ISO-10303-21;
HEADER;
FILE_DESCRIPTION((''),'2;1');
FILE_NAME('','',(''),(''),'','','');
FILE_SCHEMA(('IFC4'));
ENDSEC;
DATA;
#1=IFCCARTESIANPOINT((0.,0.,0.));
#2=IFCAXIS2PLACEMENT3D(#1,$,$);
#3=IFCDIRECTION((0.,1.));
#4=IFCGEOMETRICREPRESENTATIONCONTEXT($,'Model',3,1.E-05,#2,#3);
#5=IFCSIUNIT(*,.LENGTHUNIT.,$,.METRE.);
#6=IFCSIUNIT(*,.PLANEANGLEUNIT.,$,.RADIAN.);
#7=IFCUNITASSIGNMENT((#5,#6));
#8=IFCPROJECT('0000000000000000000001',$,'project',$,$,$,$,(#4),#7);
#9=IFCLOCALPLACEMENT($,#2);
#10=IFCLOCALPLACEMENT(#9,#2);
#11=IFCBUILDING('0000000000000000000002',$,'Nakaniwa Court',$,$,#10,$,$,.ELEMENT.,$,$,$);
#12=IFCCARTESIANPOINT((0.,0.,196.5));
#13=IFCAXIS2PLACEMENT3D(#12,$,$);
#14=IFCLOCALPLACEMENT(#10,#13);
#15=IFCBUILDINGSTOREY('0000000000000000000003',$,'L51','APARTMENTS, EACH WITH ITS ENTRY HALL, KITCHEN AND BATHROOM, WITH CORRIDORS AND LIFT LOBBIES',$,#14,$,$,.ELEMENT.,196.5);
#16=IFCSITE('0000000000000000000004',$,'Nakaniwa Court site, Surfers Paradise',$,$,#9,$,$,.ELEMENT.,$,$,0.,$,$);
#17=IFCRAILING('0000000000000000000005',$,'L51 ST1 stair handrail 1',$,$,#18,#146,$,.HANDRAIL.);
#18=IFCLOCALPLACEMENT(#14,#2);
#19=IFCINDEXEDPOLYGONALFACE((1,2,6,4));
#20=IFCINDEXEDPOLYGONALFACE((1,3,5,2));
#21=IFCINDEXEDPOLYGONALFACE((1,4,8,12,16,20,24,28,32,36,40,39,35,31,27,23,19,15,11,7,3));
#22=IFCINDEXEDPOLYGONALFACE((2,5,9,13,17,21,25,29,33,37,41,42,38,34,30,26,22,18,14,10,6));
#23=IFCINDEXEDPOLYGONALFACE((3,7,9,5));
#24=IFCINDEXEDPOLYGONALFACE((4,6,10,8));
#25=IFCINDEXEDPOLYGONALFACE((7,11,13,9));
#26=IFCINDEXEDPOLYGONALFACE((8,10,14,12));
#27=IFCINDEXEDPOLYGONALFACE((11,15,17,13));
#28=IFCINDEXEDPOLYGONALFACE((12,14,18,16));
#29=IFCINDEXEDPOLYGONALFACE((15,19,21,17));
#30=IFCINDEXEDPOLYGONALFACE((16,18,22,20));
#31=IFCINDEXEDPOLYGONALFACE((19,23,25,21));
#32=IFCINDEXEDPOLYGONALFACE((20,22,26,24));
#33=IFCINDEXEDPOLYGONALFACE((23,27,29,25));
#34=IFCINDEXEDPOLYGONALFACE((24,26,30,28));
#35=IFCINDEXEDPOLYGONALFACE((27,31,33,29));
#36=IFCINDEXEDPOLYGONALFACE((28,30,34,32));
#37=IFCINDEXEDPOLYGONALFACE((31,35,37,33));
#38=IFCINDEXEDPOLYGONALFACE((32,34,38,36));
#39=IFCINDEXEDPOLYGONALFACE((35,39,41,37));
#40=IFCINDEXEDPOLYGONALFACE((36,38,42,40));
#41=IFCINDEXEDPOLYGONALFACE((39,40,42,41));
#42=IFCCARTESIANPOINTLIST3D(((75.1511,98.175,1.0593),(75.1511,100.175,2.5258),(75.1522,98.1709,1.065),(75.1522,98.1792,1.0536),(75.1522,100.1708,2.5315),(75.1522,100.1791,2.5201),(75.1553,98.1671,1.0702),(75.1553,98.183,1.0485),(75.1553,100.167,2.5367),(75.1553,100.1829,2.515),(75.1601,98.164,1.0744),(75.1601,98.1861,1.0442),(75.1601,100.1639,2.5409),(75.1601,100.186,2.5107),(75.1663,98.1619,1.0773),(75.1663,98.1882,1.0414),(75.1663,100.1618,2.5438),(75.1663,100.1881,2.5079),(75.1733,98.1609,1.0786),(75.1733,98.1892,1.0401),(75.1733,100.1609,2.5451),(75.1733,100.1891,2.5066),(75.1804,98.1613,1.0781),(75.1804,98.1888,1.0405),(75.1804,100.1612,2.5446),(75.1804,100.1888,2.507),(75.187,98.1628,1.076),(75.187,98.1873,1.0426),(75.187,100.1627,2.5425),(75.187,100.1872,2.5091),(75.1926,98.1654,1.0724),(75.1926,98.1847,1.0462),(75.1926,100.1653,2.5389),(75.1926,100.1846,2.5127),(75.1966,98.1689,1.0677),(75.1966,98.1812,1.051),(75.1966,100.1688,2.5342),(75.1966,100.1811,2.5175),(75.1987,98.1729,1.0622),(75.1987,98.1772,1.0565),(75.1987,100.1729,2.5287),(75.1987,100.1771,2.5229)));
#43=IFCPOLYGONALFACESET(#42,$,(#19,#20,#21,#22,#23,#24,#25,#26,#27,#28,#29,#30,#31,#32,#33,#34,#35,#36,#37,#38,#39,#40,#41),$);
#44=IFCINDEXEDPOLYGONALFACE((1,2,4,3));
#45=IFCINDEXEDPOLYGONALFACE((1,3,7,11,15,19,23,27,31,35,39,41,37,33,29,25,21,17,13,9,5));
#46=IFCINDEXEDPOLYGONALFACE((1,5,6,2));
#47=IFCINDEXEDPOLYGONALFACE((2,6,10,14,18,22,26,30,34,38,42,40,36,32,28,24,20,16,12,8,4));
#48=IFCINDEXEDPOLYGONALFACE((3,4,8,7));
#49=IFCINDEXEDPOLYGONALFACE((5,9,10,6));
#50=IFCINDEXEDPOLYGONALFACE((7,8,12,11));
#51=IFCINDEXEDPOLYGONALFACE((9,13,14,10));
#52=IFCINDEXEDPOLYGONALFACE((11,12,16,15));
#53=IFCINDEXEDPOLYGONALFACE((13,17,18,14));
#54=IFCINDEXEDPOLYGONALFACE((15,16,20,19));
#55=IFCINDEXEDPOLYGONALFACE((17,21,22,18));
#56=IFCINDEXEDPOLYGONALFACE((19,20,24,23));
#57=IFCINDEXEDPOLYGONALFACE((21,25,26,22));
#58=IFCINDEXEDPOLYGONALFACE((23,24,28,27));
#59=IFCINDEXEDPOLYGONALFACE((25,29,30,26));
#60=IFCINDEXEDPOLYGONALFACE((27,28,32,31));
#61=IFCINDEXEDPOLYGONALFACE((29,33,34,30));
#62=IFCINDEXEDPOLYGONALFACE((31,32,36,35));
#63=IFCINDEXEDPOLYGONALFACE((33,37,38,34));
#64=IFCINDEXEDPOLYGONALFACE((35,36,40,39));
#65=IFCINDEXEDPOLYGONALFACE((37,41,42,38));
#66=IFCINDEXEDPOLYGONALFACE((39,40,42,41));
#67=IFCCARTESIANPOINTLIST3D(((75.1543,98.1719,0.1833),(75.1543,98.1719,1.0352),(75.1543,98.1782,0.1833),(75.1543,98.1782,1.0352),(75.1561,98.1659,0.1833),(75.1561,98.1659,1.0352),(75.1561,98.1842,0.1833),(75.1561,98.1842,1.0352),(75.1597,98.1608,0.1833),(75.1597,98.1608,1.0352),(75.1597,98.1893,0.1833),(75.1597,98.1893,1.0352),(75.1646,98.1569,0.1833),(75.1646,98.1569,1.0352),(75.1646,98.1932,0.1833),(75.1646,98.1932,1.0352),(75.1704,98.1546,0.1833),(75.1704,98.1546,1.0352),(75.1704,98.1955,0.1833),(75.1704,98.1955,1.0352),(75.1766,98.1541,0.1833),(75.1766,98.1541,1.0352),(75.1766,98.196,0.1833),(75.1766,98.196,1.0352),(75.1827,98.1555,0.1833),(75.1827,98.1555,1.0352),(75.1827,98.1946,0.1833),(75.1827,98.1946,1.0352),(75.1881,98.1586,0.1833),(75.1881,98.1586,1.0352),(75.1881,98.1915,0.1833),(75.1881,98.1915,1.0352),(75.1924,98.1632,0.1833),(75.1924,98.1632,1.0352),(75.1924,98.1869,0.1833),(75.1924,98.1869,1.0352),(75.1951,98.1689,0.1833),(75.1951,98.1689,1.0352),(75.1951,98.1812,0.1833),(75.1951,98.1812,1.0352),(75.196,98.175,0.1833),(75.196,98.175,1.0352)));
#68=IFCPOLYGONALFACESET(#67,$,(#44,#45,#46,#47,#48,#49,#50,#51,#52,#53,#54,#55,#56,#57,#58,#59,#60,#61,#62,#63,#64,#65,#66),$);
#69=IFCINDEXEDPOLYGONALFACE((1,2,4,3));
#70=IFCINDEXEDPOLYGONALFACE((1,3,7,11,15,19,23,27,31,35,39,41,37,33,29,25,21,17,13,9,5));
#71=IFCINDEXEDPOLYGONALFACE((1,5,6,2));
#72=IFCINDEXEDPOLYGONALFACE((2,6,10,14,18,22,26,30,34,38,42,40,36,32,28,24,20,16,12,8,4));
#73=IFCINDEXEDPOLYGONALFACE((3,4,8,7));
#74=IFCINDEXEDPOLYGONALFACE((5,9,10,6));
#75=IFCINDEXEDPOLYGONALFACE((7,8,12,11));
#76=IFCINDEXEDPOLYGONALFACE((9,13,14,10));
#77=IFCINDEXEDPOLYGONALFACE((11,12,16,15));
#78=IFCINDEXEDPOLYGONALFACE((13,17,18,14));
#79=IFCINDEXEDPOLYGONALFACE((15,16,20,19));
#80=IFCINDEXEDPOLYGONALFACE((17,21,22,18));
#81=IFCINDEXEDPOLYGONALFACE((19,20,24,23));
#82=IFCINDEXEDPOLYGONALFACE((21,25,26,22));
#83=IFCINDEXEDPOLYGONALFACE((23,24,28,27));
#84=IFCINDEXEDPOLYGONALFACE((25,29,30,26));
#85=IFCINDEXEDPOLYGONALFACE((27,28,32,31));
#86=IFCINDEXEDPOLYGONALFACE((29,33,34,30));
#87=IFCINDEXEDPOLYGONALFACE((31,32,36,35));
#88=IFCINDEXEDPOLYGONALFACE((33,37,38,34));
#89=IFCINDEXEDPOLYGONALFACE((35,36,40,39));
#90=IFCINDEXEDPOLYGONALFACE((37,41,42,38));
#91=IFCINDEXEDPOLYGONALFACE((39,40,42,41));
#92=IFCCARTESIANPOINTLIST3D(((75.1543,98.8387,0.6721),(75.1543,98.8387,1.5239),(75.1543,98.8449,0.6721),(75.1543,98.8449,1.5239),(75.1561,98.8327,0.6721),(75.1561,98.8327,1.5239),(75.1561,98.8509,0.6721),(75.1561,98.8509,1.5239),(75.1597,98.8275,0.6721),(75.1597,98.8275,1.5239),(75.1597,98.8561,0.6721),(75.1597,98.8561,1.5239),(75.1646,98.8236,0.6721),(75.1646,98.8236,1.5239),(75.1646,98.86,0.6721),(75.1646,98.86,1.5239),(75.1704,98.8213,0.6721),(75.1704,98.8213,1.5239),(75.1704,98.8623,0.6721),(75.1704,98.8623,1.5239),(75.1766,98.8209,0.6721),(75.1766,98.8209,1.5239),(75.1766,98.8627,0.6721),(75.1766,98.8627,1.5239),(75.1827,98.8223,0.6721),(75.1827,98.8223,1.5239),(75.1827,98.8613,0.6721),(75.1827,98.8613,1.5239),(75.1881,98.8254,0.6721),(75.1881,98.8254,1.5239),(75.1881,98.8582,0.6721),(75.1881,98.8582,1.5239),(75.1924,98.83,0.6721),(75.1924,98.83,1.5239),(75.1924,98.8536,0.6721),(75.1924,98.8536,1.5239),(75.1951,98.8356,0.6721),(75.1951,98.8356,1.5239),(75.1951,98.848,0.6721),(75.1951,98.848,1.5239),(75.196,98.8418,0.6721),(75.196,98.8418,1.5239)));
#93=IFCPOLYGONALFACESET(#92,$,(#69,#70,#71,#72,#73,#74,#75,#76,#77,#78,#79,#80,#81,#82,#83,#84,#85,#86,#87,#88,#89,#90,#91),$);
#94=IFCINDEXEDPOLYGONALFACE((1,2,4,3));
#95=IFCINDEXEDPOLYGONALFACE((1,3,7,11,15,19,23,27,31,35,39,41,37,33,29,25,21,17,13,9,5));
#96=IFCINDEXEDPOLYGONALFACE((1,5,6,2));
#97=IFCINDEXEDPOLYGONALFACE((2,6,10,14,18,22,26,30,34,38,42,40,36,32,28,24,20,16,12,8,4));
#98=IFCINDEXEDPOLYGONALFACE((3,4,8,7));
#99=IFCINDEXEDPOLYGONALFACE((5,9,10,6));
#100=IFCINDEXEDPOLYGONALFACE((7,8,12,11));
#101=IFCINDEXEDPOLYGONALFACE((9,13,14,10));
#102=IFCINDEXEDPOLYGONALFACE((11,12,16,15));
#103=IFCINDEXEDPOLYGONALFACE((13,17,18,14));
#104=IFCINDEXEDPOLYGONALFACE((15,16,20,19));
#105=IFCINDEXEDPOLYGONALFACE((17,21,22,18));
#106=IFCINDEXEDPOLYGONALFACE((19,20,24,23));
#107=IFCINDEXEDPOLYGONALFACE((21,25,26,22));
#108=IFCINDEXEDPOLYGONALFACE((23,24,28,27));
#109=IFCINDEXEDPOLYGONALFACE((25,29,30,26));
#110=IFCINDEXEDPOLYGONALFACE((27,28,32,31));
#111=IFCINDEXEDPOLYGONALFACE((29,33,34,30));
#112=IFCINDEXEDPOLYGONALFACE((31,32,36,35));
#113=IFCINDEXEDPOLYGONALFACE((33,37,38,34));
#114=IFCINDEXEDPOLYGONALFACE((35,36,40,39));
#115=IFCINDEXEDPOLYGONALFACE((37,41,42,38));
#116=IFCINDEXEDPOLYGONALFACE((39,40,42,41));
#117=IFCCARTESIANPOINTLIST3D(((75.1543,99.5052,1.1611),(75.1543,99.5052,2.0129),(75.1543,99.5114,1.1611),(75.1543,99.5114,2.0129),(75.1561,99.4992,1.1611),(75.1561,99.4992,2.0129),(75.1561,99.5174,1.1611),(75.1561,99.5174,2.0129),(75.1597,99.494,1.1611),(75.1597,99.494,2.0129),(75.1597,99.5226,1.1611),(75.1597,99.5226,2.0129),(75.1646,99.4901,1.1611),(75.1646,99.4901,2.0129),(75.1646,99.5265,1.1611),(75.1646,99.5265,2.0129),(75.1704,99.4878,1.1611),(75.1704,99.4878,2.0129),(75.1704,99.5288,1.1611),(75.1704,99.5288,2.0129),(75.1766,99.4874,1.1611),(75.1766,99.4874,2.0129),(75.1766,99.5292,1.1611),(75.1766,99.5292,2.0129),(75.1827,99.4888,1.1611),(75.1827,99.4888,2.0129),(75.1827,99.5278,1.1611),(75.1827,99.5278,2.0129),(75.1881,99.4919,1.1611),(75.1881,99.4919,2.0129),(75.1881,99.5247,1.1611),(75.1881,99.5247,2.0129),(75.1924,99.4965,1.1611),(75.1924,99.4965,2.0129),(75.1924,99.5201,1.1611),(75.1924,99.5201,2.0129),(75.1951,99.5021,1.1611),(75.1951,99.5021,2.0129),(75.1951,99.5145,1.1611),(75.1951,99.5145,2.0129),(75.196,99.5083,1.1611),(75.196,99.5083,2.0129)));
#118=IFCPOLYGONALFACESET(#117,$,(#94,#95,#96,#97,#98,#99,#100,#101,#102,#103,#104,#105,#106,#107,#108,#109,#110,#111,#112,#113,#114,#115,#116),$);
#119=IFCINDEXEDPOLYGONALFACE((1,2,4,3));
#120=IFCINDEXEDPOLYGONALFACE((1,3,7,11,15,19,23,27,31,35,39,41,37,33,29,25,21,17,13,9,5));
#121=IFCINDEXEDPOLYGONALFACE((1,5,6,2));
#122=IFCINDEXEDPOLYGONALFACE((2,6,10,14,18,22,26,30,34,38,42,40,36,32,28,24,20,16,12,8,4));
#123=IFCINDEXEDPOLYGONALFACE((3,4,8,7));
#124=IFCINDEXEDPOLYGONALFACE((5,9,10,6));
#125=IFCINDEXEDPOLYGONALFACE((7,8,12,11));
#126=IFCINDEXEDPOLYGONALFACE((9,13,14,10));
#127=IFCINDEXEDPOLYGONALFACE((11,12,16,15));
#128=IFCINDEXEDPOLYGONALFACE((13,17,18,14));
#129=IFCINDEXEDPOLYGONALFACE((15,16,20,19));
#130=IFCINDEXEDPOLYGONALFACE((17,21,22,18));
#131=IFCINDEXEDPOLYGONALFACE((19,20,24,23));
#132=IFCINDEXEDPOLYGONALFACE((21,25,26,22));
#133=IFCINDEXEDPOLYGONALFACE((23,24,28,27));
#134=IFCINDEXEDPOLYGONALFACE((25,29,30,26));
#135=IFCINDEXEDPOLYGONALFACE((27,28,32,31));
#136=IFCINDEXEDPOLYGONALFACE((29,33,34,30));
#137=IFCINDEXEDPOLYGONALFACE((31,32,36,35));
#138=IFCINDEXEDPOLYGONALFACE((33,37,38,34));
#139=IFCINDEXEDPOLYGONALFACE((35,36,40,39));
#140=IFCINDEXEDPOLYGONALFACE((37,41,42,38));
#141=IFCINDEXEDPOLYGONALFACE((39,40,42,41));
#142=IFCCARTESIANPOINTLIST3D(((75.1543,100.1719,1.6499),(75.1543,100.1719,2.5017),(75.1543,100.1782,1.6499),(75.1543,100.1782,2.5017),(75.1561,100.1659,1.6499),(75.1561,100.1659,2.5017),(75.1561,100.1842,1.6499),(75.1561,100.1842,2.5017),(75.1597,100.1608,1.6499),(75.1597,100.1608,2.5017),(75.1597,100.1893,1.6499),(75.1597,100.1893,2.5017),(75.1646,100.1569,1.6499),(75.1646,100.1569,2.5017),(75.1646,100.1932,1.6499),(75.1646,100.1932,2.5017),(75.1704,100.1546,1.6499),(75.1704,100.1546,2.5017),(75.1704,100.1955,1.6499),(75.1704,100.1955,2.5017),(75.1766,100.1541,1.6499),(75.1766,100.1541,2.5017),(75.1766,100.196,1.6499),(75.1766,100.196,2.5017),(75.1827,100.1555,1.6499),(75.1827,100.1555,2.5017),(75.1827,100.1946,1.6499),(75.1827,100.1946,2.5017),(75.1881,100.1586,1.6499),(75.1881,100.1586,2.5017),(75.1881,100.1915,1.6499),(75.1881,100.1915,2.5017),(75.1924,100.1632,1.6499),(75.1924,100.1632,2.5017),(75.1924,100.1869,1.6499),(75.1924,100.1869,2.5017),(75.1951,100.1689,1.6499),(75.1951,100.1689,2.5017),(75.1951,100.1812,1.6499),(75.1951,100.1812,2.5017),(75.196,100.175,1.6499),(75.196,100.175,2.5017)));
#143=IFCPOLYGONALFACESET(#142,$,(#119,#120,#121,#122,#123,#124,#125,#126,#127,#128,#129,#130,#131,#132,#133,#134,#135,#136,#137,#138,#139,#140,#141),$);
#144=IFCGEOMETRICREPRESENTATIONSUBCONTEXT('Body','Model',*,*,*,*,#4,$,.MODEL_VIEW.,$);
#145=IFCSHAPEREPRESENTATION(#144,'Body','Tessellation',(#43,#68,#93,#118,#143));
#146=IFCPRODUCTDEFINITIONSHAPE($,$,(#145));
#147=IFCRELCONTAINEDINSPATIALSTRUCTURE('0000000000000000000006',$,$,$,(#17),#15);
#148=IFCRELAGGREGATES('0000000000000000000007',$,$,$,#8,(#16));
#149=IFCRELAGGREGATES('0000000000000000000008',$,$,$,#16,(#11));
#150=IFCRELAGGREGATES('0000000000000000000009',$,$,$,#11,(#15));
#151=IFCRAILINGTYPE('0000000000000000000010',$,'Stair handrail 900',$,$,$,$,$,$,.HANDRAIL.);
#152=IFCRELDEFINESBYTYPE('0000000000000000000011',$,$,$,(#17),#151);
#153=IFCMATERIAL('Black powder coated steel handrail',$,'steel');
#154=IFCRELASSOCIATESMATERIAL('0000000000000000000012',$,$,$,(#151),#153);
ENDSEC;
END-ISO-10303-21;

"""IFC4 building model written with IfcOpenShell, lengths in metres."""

from ifc_helpers import new_model, si_unit, direction, frame, origin, origin_2d, place, context, subcontext, project, spatial, circle, extrude, material, type_object, element, save


model = new_model("IFC4")

# Units and contexts
model_context = context("Model", 3, precision=1e-05, world=origin(), true_north=direction((0.0, 1.0)))
body_context = subcontext(model_context, "Body", "Model", "MODEL_VIEW")
ifc_project = project(units=[si_unit("LENGTHUNIT", "METRE"), si_unit("PLANEANGLEUNIT", "RADIAN")], contexts=[model_context])

# Site, building, storey
site_placement = place(None, origin())
site = spatial("IfcSite", under=ifc_project, at=site_placement, Name="Nakaniwa Court site, Surfers Paradise", CompositionType="ELEMENT", RefElevation=0.0)
building_placement = place(site_placement, origin())
building = spatial("IfcBuilding", under=site, at=building_placement, Name="Nakaniwa Court", CompositionType="ELEMENT")
storey_placement = place(building_placement, frame((0.0, 0.0, 196.5)))
storey = spatial("IfcBuildingStorey", under=building, at=storey_placement, Name="L51", Description="APARTMENTS, EACH WITH ITS ENTRY HALL, KITCHEN AND BATHROOM, WITH CORRIDORS AND LIFT LOBBIES", CompositionType="ELEMENT", Elevation=196.5)

# Railing
ifc_material_1 = material(Name="Black powder coated steel handrail", Category="steel")
railing_type_1 = type_object("IfcRailingType", Name="Stair handrail 900", PredefinedType="HANDRAIL", material=ifc_material_1)
railing_1_placement = place(storey_placement, frame((75.175, 98.175, 0.1833)))
element("IfcRailing", 1, at=railing_1_placement, inside=storey, type_object=railing_type_1, Name="L51 ST1 stair handrail 1", PredefinedType="HANDRAIL", context=body_context, shape_type="SweptSolid", body=[
    extrude(circle(Radius=0.0239, at=origin_2d()), frame((0.0, 0.0, 0.876), z_axis=(0.0, 0.806427, 0.591334), x_axis=(-1.0, 0.0, 0.0)), (0.0, 0.0, 1.0), 2.48),
    extrude(circle(Radius=0.021, at=origin_2d()), origin(), (0.0, 0.0, 1.0), 0.8518),
    extrude(circle(Radius=0.021, at=origin_2d()), frame((0.0, 0.6667, 0.4888)), (0.0, 0.0, 1.0), 0.8518),
    extrude(circle(Radius=0.021, at=origin_2d()), frame((0.0, 1.3333, 0.9778)), (0.0, 0.0, 1.0), 0.8518),
    extrude(circle(Radius=0.021, at=origin_2d()), frame((0.0, 2.0, 1.4666)), (0.0, 0.0, 1.0), 0.8518),
])

save(model, "model.ifc")
